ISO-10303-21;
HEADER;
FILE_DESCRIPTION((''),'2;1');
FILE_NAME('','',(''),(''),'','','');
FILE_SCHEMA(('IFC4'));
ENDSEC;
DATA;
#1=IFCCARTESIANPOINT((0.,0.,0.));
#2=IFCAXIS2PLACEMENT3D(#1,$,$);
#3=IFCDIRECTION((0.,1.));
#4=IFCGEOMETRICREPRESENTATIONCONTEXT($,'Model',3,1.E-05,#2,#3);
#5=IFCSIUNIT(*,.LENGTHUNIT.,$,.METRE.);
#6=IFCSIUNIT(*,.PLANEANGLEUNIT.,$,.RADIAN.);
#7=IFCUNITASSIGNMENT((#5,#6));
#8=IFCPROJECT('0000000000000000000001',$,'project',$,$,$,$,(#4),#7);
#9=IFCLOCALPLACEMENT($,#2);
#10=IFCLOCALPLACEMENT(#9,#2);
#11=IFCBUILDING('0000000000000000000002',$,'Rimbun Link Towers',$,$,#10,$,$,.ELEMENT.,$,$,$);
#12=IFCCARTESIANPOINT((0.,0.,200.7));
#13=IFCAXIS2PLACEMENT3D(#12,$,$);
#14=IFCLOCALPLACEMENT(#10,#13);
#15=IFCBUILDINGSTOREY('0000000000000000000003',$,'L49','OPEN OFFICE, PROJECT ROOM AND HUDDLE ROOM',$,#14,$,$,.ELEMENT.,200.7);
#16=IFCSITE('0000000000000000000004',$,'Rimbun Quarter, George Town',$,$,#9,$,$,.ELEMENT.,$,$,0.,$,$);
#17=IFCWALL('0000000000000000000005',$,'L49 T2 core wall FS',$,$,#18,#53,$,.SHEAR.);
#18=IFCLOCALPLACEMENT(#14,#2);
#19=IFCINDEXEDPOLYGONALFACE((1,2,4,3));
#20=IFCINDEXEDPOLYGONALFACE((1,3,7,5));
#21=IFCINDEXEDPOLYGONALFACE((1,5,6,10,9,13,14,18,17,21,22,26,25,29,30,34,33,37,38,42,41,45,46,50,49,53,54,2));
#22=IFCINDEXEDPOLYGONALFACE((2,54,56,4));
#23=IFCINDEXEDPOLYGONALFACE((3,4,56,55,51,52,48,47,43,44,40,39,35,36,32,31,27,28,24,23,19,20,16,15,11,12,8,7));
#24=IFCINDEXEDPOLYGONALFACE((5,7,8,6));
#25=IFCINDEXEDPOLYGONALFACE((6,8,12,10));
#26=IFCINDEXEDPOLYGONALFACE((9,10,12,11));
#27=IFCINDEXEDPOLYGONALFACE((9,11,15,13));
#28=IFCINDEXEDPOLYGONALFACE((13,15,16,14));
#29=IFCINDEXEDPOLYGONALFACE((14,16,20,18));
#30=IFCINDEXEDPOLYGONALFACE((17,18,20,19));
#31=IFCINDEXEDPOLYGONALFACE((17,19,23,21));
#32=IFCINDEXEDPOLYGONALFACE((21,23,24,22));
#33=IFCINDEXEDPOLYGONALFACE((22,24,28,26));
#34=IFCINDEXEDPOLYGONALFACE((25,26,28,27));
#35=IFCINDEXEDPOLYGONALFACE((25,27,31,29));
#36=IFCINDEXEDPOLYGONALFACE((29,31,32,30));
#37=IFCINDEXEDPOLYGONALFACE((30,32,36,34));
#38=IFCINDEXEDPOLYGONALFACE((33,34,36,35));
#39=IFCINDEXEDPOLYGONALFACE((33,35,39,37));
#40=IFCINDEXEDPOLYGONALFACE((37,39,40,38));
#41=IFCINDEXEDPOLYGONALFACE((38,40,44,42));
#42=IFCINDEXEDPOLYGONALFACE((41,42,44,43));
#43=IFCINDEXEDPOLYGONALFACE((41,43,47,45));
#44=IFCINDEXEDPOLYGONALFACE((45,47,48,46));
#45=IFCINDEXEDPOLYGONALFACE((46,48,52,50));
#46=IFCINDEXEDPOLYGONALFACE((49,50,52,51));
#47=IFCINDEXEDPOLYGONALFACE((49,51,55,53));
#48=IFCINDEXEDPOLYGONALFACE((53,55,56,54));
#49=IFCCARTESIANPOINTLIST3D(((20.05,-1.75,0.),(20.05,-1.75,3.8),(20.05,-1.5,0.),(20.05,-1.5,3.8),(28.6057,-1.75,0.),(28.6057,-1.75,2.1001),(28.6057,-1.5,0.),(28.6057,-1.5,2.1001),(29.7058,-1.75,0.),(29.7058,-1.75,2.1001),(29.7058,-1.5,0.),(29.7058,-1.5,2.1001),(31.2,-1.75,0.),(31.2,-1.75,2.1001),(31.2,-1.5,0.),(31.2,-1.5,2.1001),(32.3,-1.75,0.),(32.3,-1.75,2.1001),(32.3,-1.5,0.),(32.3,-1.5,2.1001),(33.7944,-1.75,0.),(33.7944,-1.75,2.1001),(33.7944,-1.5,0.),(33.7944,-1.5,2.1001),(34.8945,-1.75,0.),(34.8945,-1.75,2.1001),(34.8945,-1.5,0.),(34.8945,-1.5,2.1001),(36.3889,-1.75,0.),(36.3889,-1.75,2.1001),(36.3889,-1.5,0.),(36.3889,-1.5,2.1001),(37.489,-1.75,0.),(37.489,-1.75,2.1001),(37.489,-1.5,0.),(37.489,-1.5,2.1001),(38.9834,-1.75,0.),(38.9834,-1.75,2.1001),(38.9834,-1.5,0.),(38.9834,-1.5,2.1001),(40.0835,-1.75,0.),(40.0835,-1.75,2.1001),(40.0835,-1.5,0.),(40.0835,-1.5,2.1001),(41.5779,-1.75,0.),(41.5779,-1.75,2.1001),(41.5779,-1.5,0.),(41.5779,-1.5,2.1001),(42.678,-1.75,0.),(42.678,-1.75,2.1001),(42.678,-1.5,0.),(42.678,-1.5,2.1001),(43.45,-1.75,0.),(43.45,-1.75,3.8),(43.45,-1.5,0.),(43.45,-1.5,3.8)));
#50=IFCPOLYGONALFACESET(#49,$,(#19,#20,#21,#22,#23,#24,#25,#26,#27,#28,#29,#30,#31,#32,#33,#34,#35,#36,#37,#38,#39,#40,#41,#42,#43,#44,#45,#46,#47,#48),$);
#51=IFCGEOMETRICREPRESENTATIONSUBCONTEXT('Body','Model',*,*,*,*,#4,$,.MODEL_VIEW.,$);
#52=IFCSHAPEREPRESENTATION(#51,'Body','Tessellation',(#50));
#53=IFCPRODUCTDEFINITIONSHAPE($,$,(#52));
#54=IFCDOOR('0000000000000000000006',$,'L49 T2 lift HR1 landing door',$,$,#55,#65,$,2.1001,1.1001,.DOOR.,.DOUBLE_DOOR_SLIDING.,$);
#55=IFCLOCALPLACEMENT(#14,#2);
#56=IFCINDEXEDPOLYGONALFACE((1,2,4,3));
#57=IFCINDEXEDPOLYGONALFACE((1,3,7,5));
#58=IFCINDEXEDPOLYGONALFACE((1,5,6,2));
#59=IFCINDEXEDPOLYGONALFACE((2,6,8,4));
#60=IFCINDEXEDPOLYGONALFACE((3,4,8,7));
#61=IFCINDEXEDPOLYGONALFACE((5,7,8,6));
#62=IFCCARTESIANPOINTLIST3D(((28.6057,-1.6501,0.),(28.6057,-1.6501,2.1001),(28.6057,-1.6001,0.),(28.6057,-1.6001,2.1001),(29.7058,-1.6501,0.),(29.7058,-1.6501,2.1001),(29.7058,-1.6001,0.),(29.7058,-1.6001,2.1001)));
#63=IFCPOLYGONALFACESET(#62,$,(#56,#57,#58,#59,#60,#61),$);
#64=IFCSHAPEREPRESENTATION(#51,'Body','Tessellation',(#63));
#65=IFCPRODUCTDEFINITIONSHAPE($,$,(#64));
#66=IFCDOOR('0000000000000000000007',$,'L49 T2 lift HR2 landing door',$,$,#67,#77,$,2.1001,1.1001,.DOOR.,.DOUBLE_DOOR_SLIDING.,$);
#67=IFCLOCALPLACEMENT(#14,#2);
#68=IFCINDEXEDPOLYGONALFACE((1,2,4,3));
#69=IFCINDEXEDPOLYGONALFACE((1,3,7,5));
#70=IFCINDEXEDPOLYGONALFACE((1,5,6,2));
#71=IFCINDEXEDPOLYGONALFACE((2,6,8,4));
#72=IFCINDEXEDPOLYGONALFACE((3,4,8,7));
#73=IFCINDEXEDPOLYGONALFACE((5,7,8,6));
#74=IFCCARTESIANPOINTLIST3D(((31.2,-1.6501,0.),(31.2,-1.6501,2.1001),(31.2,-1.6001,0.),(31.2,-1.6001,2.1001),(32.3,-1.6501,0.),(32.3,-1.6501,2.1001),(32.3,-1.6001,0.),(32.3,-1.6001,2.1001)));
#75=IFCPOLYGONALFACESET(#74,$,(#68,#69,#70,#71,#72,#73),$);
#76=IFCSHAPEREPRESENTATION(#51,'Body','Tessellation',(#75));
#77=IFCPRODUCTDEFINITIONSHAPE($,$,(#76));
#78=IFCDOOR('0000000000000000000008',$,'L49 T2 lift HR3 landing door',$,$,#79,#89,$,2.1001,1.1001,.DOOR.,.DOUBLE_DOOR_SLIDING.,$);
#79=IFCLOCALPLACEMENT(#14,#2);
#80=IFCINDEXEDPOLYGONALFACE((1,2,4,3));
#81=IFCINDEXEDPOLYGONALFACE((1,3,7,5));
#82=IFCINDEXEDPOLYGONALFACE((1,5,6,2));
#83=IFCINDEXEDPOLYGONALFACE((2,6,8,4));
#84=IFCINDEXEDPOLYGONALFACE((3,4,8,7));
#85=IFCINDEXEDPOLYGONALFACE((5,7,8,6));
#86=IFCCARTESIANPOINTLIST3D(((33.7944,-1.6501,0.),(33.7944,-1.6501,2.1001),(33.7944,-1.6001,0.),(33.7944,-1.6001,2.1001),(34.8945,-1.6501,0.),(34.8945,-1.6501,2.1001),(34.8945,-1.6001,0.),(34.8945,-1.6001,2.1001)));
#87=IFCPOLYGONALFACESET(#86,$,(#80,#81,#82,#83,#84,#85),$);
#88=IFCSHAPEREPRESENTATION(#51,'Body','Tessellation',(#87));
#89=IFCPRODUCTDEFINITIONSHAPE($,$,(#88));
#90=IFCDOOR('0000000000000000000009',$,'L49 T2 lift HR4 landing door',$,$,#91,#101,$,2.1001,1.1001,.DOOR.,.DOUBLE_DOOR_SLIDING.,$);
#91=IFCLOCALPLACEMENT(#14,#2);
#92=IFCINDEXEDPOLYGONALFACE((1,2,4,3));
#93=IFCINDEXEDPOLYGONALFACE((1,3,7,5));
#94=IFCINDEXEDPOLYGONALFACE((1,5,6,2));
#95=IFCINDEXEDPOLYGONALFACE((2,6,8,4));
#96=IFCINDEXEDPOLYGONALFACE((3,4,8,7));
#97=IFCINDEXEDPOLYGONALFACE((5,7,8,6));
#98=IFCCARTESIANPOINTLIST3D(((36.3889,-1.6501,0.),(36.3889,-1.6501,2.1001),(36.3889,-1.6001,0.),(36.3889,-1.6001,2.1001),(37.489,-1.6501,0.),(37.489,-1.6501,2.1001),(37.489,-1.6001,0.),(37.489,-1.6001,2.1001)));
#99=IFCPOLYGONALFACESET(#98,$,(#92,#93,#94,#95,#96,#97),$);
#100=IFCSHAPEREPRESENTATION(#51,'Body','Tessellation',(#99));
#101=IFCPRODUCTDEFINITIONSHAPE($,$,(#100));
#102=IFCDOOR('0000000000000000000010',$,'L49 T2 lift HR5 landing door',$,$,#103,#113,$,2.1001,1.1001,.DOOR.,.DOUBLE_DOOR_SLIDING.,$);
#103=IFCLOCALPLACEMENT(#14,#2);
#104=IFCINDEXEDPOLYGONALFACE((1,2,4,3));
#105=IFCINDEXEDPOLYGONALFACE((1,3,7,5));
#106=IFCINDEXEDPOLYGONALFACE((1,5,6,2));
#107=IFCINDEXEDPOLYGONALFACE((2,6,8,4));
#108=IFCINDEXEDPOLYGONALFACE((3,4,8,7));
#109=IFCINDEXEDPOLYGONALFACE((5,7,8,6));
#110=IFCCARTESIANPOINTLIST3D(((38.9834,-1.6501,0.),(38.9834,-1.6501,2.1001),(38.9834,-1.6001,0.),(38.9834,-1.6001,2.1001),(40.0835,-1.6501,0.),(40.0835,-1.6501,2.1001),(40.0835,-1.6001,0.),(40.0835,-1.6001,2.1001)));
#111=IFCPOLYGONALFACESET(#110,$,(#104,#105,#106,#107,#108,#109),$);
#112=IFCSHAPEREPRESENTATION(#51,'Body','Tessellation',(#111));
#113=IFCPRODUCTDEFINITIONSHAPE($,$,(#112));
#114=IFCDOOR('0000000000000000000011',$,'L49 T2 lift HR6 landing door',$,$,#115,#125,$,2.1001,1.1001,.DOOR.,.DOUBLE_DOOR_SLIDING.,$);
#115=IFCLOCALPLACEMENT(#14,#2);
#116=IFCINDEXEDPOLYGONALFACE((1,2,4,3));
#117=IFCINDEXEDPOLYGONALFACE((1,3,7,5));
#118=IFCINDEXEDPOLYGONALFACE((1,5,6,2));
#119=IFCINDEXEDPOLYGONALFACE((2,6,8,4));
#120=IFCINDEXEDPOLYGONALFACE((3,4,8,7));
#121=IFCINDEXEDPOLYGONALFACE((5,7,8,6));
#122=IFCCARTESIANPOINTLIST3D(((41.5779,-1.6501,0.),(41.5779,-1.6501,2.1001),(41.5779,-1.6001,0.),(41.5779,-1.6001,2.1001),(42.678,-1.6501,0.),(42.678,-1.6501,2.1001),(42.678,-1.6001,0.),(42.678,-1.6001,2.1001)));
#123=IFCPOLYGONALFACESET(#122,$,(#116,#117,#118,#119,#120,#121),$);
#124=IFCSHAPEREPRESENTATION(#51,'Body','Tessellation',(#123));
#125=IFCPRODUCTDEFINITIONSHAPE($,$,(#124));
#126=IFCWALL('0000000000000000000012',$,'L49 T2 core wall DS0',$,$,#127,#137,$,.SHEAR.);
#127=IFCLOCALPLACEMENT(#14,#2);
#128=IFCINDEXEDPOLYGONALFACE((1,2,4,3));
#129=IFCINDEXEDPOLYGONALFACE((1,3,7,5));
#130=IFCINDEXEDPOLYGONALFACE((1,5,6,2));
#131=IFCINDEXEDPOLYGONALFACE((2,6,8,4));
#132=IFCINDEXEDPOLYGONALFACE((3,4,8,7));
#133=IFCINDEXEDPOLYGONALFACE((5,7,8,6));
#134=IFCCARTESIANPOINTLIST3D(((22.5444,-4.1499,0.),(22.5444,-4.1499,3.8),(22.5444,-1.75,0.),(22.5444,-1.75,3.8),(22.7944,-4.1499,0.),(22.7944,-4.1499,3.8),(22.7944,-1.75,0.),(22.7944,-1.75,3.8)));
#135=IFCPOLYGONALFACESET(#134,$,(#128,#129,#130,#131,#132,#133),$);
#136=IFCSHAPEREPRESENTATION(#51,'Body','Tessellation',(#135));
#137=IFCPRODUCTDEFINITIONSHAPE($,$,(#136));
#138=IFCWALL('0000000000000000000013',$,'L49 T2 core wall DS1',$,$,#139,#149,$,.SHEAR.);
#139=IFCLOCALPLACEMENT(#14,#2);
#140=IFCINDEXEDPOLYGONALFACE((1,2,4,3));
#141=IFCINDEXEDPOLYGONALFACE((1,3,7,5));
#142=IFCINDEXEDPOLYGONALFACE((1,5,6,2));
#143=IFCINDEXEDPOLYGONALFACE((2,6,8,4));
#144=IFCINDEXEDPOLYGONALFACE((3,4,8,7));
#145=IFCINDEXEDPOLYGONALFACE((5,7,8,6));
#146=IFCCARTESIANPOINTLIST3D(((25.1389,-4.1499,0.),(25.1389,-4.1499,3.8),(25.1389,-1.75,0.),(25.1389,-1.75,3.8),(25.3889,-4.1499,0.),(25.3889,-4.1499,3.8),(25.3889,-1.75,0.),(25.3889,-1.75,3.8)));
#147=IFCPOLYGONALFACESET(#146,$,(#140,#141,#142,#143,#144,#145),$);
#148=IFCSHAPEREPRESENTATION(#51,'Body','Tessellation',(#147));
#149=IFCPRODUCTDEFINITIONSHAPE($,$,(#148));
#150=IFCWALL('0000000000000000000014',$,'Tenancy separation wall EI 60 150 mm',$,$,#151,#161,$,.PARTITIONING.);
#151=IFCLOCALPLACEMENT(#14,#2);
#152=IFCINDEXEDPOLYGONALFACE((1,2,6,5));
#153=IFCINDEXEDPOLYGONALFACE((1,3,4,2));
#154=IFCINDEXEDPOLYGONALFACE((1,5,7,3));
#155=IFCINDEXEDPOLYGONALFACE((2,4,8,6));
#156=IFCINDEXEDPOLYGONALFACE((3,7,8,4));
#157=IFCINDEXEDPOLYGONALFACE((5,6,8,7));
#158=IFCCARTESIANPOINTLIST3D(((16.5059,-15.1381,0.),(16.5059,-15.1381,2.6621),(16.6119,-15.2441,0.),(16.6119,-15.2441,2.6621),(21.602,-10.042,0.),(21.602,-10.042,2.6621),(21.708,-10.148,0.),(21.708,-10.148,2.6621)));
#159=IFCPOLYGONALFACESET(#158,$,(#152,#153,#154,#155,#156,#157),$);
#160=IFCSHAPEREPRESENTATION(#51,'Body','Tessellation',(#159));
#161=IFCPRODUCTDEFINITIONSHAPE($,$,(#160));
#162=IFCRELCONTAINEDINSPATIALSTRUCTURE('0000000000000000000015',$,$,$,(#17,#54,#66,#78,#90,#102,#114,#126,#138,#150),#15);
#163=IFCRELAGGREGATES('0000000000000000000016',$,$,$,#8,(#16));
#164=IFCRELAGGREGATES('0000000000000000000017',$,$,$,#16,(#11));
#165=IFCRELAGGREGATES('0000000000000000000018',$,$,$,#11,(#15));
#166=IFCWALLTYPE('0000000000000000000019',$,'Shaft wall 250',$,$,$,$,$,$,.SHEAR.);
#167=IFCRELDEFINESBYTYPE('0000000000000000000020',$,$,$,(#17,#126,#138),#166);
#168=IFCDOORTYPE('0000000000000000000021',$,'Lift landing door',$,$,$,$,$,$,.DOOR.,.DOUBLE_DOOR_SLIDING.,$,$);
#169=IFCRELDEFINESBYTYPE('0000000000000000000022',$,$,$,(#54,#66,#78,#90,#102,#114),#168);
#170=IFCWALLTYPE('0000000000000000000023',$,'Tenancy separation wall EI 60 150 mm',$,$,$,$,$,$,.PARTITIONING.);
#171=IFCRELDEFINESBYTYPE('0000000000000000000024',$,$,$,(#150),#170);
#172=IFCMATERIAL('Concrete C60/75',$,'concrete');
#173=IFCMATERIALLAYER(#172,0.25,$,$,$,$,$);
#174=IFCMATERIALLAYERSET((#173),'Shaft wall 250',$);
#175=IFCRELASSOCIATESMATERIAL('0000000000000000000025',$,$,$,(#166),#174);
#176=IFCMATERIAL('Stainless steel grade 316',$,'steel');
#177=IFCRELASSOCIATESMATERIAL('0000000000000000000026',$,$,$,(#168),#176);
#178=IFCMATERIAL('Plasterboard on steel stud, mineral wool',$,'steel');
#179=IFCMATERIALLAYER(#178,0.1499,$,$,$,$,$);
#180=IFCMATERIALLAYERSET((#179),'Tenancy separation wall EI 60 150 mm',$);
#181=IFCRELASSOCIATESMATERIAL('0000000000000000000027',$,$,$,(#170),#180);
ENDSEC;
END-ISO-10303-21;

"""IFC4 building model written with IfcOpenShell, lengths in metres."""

from ifc_helpers import new_model, si_unit, direction, frame, frame_2d, origin, place, context, subcontext, project, spatial, rectangle, extrude, material, layer, layer_set, type_object, element, fill, save


model = new_model("IFC4")

# Units and contexts
model_context = context("Model", 3, precision=1e-05, world=origin(), true_north=direction((0.0, 1.0)))
body_context = subcontext(model_context, "Body", "Model", "MODEL_VIEW")
ifc_project = project(units=[si_unit("LENGTHUNIT", "METRE"), si_unit("PLANEANGLEUNIT", "RADIAN")], contexts=[model_context])

# Site, building, storey
site_placement = place(None, origin())
site = spatial("IfcSite", under=ifc_project, at=site_placement, Name="Rimbun Quarter, George Town", CompositionType="ELEMENT", RefElevation=0.0)
building_placement = place(site_placement, origin())
building = spatial("IfcBuilding", under=site, at=building_placement, Name="Rimbun Link Towers", CompositionType="ELEMENT")
storey_placement = place(building_placement, frame((0.0, 0.0, 200.7)))
storey = spatial("IfcBuildingStorey", under=building, at=storey_placement, Name="L49", Description="OPEN OFFICE, PROJECT ROOM AND HUDDLE ROOM", CompositionType="ELEMENT", Elevation=200.7)

# Shared definitions
ifc_material_1 = material(Name="Concrete C60/75", Category="concrete")
ifc_layer_1 = layer(ifc_material_1, 0.25)
ifc_layer_set_1 = layer_set([ifc_layer_1], Name="Shaft wall 250")
wall_type_1 = type_object("IfcWallType", Name="Shaft wall 250", PredefinedType="SHEAR", material=ifc_layer_set_1)

# Wall, openings, doors
wall_1_placement = place(storey_placement, frame((20.05, -1.625, 0.0), z_axis=(0.0, 0.0, 1.0), x_axis=(1.0, 0.0, 0.0)))
wall_1 = element("IfcWall", 1, at=wall_1_placement, inside=storey, type_object=wall_type_1, Name="L49 T2 core wall FS", PredefinedType="SHEAR", context=body_context, shape_type="SweptSolid", body=[
    extrude(rectangle(XDim=23.3999, YDim=0.25, at=frame_2d((11.7, 0.0))), origin(), (0.0, 0.0, 1.0), 3.8),
])
opening_1_placement = place(wall_1_placement, frame((8.5557, 0.0, 0.0)))
opening_1 = element("IfcOpeningElement", 2, at=opening_1_placement, cuts=wall_1, PredefinedType="OPENING", context=body_context, shape_type="SweptSolid", body=[
    extrude(rectangle(XDim=1.1001, YDim=2.1001, at=frame_2d((0.55, 1.05))), frame((0.0, 0.135, 0.0), z_axis=(0.0, -1.0, 0.0), x_axis=(1.0, 0.0, 0.0)), (0.0, 0.0, 1.0), 0.27),
])
opening_2_placement = place(wall_1_placement, frame((11.1499, 0.0, 0.0)))
opening_2 = element("IfcOpeningElement", 3, at=opening_2_placement, cuts=wall_1, PredefinedType="OPENING", context=body_context, shape_type="SweptSolid", body=[
    extrude(rectangle(XDim=1.1001, YDim=2.1001, at=frame_2d((0.55, 1.05))), frame((0.0, 0.135, 0.0), z_axis=(0.0, -1.0, 0.0), x_axis=(1.0, 0.0, 0.0)), (0.0, 0.0, 1.0), 0.27),
])
opening_3_placement = place(wall_1_placement, frame((13.7444, 0.0, 0.0)))
opening_3 = element("IfcOpeningElement", 4, at=opening_3_placement, cuts=wall_1, PredefinedType="OPENING", context=body_context, shape_type="SweptSolid", body=[
    extrude(rectangle(XDim=1.1001, YDim=2.1001, at=frame_2d((0.55, 1.05))), frame((0.0, 0.135, 0.0), z_axis=(0.0, -1.0, 0.0), x_axis=(1.0, 0.0, 0.0)), (0.0, 0.0, 1.0), 0.27),
])
opening_4_placement = place(wall_1_placement, frame((16.3389, 0.0, 0.0)))
opening_4 = element("IfcOpeningElement", 5, at=opening_4_placement, cuts=wall_1, PredefinedType="OPENING", context=body_context, shape_type="SweptSolid", body=[
    extrude(rectangle(XDim=1.1001, YDim=2.1001, at=frame_2d((0.55, 1.05))), frame((0.0, 0.135, 0.0), z_axis=(0.0, -1.0, 0.0), x_axis=(1.0, 0.0, 0.0)), (0.0, 0.0, 1.0), 0.27),
])
opening_5_placement = place(wall_1_placement, frame((18.9333, 0.0, 0.0)))
opening_5 = element("IfcOpeningElement", 6, at=opening_5_placement, cuts=wall_1, PredefinedType="OPENING", context=body_context, shape_type="SweptSolid", body=[
    extrude(rectangle(XDim=1.1001, YDim=2.1001, at=frame_2d((0.55, 1.05))), frame((0.0, 0.135, 0.0), z_axis=(0.0, -1.0, 0.0), x_axis=(1.0, 0.0, 0.0)), (0.0, 0.0, 1.0), 0.27),
])
opening_6_placement = place(wall_1_placement, frame((21.5278, 0.0, 0.0)))
opening_6 = element("IfcOpeningElement", 7, at=opening_6_placement, cuts=wall_1, PredefinedType="OPENING", context=body_context, shape_type="SweptSolid", body=[
    extrude(rectangle(XDim=1.1001, YDim=2.1001, at=frame_2d((0.55, 1.05))), frame((0.0, 0.135, 0.0), z_axis=(0.0, -1.0, 0.0), x_axis=(1.0, 0.0, 0.0)), (0.0, 0.0, 1.0), 0.27),
])
ifc_material_2 = material(Name="Stainless steel grade 316", Category="steel")
door_type = type_object("IfcDoorType", Name="Lift landing door", OperationType="DOUBLE_DOOR_SLIDING", PredefinedType="DOOR", material=ifc_material_2)
door_1_placement = place(opening_1_placement, origin())
door_1 = element("IfcDoor", 8, at=door_1_placement, inside=storey, type_object=door_type, Name="L49 T2 lift HR1 landing door", OperationType="DOUBLE_DOOR_SLIDING", OverallHeight=2.1001, OverallWidth=1.1001, PredefinedType="DOOR", context=body_context, shape_type="SweptSolid", body=[
    extrude(rectangle(XDim=1.1001, YDim=2.1001, at=frame_2d((0.55, 1.05))), frame((0.0, 0.0249, 0.0), z_axis=(0.0, -1.0, 0.0), x_axis=(1.0, 0.0, 0.0)), (0.0, 0.0, 1.0), 0.05),
])
fill(opening_1, door_1)
door_2_placement = place(opening_2_placement, origin())
door_2 = element("IfcDoor", 9, at=door_2_placement, inside=storey, type_object=door_type, Name="L49 T2 lift HR2 landing door", OperationType="DOUBLE_DOOR_SLIDING", OverallHeight=2.1001, OverallWidth=1.1001, PredefinedType="DOOR", context=body_context, shape_type="SweptSolid", body=[
    extrude(rectangle(XDim=1.1001, YDim=2.1001, at=frame_2d((0.55, 1.05))), frame((0.0, 0.0249, 0.0), z_axis=(0.0, -1.0, 0.0), x_axis=(1.0, 0.0, 0.0)), (0.0, 0.0, 1.0), 0.05),
])
fill(opening_2, door_2)
door_3_placement = place(opening_3_placement, origin())
door_3 = element("IfcDoor", 10, at=door_3_placement, inside=storey, type_object=door_type, Name="L49 T2 lift HR3 landing door", OperationType="DOUBLE_DOOR_SLIDING", OverallHeight=2.1001, OverallWidth=1.1001, PredefinedType="DOOR", context=body_context, shape_type="SweptSolid", body=[
    extrude(rectangle(XDim=1.1001, YDim=2.1001, at=frame_2d((0.55, 1.05))), frame((0.0, 0.0249, 0.0), z_axis=(0.0, -1.0, 0.0), x_axis=(1.0, 0.0, 0.0)), (0.0, 0.0, 1.0), 0.05),
])
fill(opening_3, door_3)
door_4_placement = place(opening_4_placement, origin())
door_4 = element("IfcDoor", 11, at=door_4_placement, inside=storey, type_object=door_type, Name="L49 T2 lift HR4 landing door", OperationType="DOUBLE_DOOR_SLIDING", OverallHeight=2.1001, OverallWidth=1.1001, PredefinedType="DOOR", context=body_context, shape_type="SweptSolid", body=[
    extrude(rectangle(XDim=1.1001, YDim=2.1001, at=frame_2d((0.55, 1.05))), frame((0.0, 0.0249, 0.0), z_axis=(0.0, -1.0, 0.0), x_axis=(1.0, 0.0, 0.0)), (0.0, 0.0, 1.0), 0.05),
])
fill(opening_4, door_4)
door_5_placement = place(opening_5_placement, origin())
door_5 = element("IfcDoor", 12, at=door_5_placement, inside=storey, type_object=door_type, Name="L49 T2 lift HR5 landing door", OperationType="DOUBLE_DOOR_SLIDING", OverallHeight=2.1001, OverallWidth=1.1001, PredefinedType="DOOR", context=body_context, shape_type="SweptSolid", body=[
    extrude(rectangle(XDim=1.1001, YDim=2.1001, at=frame_2d((0.55, 1.05))), frame((0.0, 0.0249, 0.0), z_axis=(0.0, -1.0, 0.0), x_axis=(1.0, 0.0, 0.0)), (0.0, 0.0, 1.0), 0.05),
])
fill(opening_5, door_5)
door_6_placement = place(opening_6_placement, origin())
door_6 = element("IfcDoor", 13, at=door_6_placement, inside=storey, type_object=door_type, Name="L49 T2 lift HR6 landing door", OperationType="DOUBLE_DOOR_SLIDING", OverallHeight=2.1001, OverallWidth=1.1001, PredefinedType="DOOR", context=body_context, shape_type="SweptSolid", body=[
    extrude(rectangle(XDim=1.1001, YDim=2.1001, at=frame_2d((0.55, 1.05))), frame((0.0, 0.0249, 0.0), z_axis=(0.0, -1.0, 0.0), x_axis=(1.0, 0.0, 0.0)), (0.0, 0.0, 1.0), 0.05),
])
fill(opening_6, door_6)

# Walls
for number, where, z_axis, x_axis, name in (
    (14, (22.6694, -4.1499, 0.0), (0.0, 0.0, 1.0), (0.0, 1.0, 0.0), "L49 T2 core wall DS0"),
    (15, (25.2639, -4.1499, 0.0), (0.0, 0.0, 1.0), (0.0, 1.0, 0.0), "L49 T2 core wall DS1"),
):
    element("IfcWall", number, at=place(storey_placement, frame(where, z_axis=z_axis, x_axis=x_axis)), inside=storey, type_object=wall_type_1, Name=name, PredefinedType="SHEAR", context=body_context, shape_type="SweptSolid", body=[
        extrude(rectangle(XDim=2.3999, YDim=0.25, at=frame_2d((1.2, 0.0))), origin(), (0.0, 0.0, 1.0), 3.8),
    ])
ifc_material_3 = material(Name="Plasterboard on steel stud, mineral wool", Category="steel")
ifc_layer_2 = layer(ifc_material_3, 0.1499)
ifc_layer_set_2 = layer_set([ifc_layer_2], Name="Tenancy separation wall EI 60 150 mm")
wall_type_2 = type_object("IfcWallType", Name="Tenancy separation wall EI 60 150 mm", PredefinedType="PARTITIONING", material=ifc_layer_set_2)
wall_2_placement = place(storey_placement, frame((21.655, -10.095, 0.0), z_axis=(0.0, 0.0, 1.0), x_axis=(-0.707107, -0.707107, 0.0)))
element("IfcWall", 16, at=wall_2_placement, inside=storey, type_object=wall_type_2, Name="Tenancy separation wall EI 60 150 mm", PredefinedType="PARTITIONING", context=body_context, shape_type="SweptSolid", body=[
    extrude(rectangle(XDim=7.207, YDim=0.1499, at=frame_2d((3.6035, 0.0))), origin(), (0.0, 0.0, 1.0), 2.6621),
])

save(model, "model.ifc")
